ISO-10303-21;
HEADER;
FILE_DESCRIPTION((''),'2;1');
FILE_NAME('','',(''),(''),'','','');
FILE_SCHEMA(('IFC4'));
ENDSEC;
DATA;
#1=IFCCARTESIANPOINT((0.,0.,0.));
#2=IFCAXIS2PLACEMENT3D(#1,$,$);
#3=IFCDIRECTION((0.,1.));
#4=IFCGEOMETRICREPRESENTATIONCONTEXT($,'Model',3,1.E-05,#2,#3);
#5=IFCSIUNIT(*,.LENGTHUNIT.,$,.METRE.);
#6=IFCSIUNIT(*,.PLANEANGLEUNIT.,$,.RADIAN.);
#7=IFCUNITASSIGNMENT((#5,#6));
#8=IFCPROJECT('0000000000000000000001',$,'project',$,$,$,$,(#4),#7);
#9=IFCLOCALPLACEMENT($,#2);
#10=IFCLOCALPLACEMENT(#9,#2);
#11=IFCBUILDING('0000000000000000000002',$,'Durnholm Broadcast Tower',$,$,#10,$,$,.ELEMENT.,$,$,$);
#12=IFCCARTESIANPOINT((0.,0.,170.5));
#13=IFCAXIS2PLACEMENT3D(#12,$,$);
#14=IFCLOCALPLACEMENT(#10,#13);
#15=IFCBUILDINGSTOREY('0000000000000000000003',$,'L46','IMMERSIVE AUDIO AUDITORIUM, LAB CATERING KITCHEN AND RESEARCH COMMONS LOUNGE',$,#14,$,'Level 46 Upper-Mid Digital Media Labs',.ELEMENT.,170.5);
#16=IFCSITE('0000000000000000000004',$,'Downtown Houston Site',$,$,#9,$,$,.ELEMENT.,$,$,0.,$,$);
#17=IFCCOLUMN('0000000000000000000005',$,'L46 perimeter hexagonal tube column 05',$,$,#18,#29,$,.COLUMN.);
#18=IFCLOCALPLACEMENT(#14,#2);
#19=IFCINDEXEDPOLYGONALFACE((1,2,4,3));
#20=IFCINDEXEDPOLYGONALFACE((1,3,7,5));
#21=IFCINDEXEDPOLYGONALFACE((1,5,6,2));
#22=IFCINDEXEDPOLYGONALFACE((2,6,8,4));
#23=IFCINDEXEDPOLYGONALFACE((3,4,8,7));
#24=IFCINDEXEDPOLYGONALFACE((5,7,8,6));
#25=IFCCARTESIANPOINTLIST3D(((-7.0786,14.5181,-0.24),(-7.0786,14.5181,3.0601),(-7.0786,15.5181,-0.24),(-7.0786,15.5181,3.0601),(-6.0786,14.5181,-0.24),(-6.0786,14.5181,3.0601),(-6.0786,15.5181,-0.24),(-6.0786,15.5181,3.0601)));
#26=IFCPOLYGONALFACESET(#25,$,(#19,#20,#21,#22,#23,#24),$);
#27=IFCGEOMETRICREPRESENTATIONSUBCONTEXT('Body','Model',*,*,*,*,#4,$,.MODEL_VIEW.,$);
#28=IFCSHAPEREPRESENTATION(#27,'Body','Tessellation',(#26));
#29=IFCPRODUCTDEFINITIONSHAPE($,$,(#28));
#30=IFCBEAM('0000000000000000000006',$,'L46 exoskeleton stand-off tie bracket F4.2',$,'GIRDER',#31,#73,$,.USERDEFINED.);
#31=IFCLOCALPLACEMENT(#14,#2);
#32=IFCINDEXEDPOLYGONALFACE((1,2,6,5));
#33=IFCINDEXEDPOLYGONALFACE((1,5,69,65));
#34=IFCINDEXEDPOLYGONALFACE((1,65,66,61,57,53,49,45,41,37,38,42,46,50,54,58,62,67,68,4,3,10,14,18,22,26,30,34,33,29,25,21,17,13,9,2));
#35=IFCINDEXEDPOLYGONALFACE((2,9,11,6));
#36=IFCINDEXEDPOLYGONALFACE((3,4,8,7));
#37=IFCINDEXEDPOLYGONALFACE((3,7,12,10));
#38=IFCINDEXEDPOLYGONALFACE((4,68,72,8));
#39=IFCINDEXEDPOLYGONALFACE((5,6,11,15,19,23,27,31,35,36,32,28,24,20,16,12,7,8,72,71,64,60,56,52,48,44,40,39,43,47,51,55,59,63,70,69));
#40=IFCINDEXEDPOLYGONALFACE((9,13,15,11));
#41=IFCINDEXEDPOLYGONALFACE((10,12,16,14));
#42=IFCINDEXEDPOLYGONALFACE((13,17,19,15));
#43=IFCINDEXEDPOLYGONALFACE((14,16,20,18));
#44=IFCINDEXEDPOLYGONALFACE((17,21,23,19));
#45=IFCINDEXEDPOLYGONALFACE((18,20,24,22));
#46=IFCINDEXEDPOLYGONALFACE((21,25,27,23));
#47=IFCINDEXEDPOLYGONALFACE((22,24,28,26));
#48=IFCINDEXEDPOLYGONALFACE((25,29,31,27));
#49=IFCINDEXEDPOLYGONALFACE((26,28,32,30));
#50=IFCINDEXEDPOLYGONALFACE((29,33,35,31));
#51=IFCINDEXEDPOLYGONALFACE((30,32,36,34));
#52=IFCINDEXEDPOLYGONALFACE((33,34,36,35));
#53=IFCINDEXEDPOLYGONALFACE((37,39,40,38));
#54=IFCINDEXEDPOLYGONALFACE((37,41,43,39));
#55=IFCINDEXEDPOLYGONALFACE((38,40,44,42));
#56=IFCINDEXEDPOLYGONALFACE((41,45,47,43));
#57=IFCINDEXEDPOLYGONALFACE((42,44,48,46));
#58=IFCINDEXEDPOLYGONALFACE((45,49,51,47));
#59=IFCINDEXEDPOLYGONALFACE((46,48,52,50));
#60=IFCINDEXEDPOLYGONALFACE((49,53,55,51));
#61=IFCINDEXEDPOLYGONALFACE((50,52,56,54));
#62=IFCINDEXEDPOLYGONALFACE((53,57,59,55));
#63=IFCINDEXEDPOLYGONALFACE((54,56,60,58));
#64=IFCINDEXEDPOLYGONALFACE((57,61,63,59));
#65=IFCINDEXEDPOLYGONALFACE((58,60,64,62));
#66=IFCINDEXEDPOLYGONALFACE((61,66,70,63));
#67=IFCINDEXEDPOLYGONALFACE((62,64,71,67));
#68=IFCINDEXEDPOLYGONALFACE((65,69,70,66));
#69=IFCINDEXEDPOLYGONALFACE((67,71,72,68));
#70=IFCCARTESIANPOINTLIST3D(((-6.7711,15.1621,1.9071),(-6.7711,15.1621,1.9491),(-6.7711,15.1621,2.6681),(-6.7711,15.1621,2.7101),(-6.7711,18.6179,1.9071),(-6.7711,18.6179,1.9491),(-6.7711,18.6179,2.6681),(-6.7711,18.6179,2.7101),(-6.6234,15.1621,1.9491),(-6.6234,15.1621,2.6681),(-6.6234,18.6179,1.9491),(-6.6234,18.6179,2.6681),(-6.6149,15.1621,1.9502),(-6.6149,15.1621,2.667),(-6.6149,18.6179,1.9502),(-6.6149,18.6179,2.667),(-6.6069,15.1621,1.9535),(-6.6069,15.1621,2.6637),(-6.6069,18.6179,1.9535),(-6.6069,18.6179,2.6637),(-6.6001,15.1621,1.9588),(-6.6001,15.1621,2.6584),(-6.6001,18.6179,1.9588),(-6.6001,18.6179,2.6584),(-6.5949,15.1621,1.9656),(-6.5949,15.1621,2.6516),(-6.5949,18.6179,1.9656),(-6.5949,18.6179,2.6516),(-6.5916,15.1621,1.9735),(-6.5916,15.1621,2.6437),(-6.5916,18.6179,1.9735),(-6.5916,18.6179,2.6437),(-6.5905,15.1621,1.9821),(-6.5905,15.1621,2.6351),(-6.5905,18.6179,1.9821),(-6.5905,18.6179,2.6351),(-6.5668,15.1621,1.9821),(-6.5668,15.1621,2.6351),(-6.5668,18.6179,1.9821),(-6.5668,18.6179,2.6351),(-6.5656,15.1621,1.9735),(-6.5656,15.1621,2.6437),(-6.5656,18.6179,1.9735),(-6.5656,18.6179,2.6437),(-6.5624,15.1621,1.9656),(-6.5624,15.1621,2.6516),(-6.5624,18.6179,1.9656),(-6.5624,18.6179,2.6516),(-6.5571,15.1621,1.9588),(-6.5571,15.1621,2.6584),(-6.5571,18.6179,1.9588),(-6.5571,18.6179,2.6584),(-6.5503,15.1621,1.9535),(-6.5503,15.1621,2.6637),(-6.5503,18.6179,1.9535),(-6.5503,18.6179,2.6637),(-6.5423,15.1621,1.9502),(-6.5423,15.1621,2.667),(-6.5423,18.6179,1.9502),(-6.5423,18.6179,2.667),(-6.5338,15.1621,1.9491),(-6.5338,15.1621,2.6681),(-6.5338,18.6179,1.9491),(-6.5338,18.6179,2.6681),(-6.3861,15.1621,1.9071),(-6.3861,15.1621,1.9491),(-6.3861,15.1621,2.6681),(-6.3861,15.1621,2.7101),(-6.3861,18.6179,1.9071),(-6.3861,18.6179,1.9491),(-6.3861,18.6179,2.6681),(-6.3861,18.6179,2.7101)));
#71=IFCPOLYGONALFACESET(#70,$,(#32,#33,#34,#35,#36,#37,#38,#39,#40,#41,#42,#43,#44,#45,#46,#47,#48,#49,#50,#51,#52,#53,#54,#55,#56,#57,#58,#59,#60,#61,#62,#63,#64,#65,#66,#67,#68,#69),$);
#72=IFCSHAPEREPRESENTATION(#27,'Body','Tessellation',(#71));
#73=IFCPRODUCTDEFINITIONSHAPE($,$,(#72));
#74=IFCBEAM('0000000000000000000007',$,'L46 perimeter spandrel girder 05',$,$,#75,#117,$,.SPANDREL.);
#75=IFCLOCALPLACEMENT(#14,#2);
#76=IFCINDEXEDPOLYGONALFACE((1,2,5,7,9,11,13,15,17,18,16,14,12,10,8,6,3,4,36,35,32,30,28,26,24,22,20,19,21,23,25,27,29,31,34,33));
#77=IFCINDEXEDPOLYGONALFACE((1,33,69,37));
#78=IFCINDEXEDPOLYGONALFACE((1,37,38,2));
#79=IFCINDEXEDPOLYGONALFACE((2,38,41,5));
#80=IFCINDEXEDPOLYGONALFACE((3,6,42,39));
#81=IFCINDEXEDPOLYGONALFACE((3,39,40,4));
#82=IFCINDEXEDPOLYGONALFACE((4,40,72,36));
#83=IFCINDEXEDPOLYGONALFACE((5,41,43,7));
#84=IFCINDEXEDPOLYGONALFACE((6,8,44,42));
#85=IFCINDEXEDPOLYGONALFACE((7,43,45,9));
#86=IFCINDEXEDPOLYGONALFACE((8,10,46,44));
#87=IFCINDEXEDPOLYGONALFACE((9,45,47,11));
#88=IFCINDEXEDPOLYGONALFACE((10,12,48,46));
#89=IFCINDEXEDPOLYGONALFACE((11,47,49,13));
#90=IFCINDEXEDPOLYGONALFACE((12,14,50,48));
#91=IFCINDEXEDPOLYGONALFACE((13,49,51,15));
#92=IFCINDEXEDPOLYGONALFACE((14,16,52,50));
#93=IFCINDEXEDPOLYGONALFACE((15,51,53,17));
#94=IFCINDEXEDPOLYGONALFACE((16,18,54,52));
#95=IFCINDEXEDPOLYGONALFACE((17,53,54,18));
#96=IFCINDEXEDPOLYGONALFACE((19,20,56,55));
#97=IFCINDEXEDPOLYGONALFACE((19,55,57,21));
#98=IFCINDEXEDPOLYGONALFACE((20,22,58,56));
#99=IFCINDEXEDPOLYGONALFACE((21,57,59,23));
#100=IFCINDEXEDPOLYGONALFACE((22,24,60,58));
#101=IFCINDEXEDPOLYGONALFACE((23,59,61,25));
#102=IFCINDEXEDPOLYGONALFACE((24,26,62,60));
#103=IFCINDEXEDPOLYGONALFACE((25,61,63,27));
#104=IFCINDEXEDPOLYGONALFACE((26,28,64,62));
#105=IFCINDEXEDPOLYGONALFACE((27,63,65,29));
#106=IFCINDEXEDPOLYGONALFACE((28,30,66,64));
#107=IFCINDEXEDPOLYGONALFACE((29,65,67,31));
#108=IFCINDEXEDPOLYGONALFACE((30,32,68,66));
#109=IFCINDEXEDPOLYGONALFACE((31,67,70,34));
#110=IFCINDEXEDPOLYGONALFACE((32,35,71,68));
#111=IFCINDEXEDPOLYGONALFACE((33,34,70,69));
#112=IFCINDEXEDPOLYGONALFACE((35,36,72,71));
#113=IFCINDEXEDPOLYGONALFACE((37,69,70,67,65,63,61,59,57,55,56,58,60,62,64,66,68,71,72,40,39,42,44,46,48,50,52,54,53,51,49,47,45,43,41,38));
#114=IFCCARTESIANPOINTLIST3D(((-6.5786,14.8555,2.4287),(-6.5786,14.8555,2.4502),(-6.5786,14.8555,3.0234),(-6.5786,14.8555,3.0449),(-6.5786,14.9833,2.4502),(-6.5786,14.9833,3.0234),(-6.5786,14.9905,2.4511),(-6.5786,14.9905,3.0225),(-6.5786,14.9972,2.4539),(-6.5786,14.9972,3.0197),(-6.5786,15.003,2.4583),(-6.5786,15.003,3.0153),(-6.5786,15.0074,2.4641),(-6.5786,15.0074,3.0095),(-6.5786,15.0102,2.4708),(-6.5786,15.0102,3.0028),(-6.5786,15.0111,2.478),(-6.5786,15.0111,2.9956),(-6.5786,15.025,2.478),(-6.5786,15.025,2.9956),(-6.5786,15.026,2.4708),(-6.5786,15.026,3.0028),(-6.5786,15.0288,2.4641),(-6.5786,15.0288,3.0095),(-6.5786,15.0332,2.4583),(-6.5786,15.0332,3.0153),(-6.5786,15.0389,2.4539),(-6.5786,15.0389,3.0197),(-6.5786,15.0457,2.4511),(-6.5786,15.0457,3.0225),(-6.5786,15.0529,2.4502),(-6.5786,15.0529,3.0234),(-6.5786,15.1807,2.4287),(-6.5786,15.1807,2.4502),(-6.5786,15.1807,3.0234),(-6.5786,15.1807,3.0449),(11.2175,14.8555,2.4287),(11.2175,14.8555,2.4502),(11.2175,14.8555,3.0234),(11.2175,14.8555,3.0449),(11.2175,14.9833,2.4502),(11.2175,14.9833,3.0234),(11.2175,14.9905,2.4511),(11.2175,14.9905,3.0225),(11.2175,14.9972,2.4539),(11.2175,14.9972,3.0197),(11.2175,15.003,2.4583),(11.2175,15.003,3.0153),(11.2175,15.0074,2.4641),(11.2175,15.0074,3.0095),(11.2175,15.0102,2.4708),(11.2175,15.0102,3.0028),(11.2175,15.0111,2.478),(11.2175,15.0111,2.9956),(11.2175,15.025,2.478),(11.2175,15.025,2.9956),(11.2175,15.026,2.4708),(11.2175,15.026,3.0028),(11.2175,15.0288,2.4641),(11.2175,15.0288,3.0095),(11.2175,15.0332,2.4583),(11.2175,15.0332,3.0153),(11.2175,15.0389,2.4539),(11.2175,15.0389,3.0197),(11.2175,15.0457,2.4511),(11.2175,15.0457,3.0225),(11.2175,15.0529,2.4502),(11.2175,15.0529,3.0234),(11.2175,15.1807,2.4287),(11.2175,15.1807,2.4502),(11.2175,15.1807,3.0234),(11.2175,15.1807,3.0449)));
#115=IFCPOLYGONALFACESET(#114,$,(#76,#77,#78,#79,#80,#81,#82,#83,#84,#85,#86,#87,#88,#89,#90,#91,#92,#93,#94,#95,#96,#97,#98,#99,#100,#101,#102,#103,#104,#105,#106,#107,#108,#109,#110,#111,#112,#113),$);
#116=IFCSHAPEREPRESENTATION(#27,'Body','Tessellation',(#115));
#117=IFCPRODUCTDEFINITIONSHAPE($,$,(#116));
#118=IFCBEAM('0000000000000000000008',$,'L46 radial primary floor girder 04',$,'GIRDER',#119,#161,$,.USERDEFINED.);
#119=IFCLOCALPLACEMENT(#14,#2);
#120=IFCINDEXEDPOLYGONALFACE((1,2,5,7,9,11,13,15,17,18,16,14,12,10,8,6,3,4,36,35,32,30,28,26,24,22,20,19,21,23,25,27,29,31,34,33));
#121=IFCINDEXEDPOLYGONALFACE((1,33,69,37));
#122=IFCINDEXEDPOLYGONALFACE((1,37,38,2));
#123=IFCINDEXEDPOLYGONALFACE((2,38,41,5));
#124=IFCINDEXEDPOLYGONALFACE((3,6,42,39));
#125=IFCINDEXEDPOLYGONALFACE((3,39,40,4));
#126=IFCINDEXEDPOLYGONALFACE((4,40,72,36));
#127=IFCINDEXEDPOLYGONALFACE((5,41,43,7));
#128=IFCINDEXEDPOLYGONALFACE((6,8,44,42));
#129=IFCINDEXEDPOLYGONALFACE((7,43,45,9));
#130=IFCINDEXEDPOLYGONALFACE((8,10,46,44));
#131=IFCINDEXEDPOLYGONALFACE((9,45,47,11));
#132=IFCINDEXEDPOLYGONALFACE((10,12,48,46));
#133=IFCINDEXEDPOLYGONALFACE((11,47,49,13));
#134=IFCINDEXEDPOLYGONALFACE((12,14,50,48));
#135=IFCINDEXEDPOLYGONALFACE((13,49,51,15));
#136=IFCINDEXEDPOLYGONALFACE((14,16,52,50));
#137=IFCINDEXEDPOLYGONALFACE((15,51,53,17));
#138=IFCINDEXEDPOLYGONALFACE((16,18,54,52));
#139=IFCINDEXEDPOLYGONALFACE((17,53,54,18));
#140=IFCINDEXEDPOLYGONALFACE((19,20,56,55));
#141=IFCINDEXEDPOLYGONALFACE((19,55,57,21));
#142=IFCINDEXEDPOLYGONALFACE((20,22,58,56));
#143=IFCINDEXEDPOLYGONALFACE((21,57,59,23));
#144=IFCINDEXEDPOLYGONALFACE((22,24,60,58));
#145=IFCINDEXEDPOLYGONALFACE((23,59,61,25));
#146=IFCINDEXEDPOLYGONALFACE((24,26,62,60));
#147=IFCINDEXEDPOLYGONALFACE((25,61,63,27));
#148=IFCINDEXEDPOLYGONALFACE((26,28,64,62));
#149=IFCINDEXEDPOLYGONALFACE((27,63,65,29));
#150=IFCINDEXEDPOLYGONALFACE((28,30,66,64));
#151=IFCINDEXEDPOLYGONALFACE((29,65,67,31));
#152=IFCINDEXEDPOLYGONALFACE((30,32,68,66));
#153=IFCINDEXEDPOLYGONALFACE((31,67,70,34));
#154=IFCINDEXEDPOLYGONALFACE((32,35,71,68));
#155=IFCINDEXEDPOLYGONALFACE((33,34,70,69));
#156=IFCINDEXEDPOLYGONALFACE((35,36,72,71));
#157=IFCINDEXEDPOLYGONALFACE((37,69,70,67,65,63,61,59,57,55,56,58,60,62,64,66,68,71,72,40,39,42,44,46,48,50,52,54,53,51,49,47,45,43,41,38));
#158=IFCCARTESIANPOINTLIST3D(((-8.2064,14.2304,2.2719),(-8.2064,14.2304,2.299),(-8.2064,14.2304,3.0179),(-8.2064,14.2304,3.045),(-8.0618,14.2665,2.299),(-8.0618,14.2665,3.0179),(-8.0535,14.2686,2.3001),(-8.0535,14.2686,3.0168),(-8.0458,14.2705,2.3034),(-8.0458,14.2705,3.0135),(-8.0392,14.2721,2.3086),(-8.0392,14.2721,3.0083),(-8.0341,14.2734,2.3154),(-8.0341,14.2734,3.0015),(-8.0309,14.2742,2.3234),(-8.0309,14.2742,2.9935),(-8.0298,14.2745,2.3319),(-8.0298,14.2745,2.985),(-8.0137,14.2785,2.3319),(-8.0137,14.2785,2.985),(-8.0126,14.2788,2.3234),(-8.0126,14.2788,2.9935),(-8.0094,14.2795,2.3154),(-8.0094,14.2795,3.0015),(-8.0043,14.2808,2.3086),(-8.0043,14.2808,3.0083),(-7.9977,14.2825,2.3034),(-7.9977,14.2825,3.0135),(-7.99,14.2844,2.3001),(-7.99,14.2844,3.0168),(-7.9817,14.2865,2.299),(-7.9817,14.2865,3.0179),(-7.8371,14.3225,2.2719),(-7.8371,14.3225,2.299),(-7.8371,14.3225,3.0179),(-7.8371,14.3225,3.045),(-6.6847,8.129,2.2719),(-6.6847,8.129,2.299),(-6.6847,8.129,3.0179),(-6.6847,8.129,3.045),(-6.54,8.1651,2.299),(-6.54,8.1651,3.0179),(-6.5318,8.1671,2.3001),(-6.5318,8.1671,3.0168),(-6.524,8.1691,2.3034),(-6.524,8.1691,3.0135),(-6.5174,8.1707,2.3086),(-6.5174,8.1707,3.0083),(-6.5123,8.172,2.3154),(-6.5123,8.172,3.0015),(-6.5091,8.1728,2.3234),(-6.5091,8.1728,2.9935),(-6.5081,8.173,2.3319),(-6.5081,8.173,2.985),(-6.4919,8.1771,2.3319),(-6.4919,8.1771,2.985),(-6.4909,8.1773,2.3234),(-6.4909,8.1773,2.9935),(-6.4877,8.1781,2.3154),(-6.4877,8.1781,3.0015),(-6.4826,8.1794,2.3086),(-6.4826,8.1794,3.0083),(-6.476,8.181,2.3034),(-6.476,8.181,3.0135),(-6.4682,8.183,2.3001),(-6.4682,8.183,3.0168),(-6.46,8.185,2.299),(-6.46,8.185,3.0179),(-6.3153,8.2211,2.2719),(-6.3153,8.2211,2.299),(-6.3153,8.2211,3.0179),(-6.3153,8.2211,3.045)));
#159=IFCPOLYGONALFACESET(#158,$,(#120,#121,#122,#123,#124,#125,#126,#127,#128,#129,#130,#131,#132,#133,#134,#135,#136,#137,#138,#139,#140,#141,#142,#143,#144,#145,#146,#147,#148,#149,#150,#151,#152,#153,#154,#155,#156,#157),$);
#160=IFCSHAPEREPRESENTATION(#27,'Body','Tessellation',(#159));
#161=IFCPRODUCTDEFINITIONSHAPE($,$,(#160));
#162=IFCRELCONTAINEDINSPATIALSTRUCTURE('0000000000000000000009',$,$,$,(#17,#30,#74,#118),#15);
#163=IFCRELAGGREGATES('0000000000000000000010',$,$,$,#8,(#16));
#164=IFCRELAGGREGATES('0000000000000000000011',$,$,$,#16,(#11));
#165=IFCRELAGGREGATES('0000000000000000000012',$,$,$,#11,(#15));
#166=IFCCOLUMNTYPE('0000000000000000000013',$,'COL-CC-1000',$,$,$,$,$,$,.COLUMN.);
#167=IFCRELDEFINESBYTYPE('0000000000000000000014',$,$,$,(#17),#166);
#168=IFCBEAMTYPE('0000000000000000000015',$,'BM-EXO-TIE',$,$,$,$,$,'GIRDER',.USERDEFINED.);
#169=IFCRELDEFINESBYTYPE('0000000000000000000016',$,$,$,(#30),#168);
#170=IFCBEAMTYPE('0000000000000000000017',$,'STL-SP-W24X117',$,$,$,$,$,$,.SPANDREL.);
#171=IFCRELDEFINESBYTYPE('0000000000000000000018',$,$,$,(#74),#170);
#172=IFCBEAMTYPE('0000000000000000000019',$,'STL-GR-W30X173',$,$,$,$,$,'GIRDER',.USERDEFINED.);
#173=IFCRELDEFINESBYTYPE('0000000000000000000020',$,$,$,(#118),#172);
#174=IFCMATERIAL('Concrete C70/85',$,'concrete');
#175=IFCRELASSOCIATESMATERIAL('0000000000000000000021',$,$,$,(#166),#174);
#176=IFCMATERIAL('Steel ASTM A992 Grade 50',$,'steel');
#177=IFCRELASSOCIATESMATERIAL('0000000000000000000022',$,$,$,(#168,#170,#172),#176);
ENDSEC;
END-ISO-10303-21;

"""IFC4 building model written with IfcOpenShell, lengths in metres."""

from ifc_helpers import new_model, si_unit, direction, frame, origin, origin_2d, place, context, subcontext, project, spatial, rectangle, i_section, extrude, source, transform, mapped, material, material_profile, profile_set, type_object, type_shapes, element, save


model = new_model("IFC4")

# Units and contexts
model_context = context("Model", 3, precision=1e-05, world=origin(), true_north=direction((0.0, 1.0)))
body_context = subcontext(model_context, "Body", "Model", "MODEL_VIEW")
ifc_project = project(units=[si_unit("LENGTHUNIT", "METRE"), si_unit("PLANEANGLEUNIT", "RADIAN")], contexts=[model_context])

# Site, building, storey
site_placement = place(None, origin())
site = spatial("IfcSite", under=ifc_project, at=site_placement, Name="Downtown Houston Site", CompositionType="ELEMENT", RefElevation=0.0)
building_placement = place(site_placement, origin())
building = spatial("IfcBuilding", under=site, at=building_placement, Name="Durnholm Broadcast Tower", CompositionType="ELEMENT")
storey_placement = place(building_placement, frame((0.0, 0.0, 170.5)))
storey = spatial("IfcBuildingStorey", under=building, at=storey_placement, Name="L46", Description="IMMERSIVE AUDIO AUDITORIUM, LAB CATERING KITCHEN AND RESEARCH COMMONS LOUNGE", LongName="Level 46 Upper-Mid Digital Media Labs", CompositionType="ELEMENT", Elevation=170.5)

# Column
ifc_material_1 = material(Name="Concrete C70/85", Category="concrete")
ifc_material_profile_1 = material_profile(ifc_material_1, rectangle(XDim=1.0, YDim=1.0, at=origin_2d()), Name="RC1000X1000")
ifc_profile_set_1 = profile_set([ifc_material_profile_1], Name="Concrete C70/85")
column_type = type_object("IfcColumnType", Name="COL-CC-1000", PredefinedType="COLUMN", material=ifc_profile_set_1)
shared_shape_1 = source(origin(), body_context, "Body", "SweptSolid", [
    extrude(rectangle(XDim=1.0, YDim=1.0, at=origin_2d()), origin(), (0.0, 0.0, 1.0), 3.3),
])
type_shapes(column_type, [shared_shape_1])
column_placement = place(storey_placement, frame((-6.5786, 15.0181, -0.24), z_axis=(0.0, 0.0, 1.0), x_axis=(1.0, 0.0, 0.0)))
element("IfcColumn", 1, at=column_placement, inside=storey, type_object=column_type, Name="L46 perimeter hexagonal tube column 05", PredefinedType="COLUMN", context=body_context, shape_type="MappedRepresentation", body=[
    mapped(shared_shape_1, transform((0.0, 0.0, 0.0), x_axis=(1.0, 0.0, 0.0), y_axis=(0.0, 1.0, 0.0), z_axis=(0.0, 0.0, 1.0), scale=1.0)),
])

# Beams
ifc_material_2 = material(Name="Steel ASTM A992 Grade 50", Category="steel")
ifc_material_profile_2 = material_profile(ifc_material_2, i_section(OverallWidth=0.385, OverallDepth=0.803, WebThickness=0.0237, FlangeThickness=0.042, FilletRadius=0.033, at=origin_2d()), Name="W30X261")
ifc_profile_set_2 = profile_set([ifc_material_profile_2], Name="Steel ASTM A992 Grade 50")
beam_type_1 = type_object("IfcBeamType", Name="BM-EXO-TIE", ElementType="GIRDER", PredefinedType="USERDEFINED", material=ifc_profile_set_2)
shared_shape_2 = source(origin(), body_context, "Body", "SweptSolid", [
    extrude(i_section(OverallWidth=0.385, OverallDepth=0.803, WebThickness=0.0237, FlangeThickness=0.042, FilletRadius=0.033, at=origin_2d()), origin(), (0.0, 0.0, 1.0), 3.4558),
])
type_shapes(beam_type_1, [shared_shape_2])
beam_1_placement = place(storey_placement, frame((-6.5786, 15.1621, 2.3086), z_axis=(0.0, 1.0, 0.0), x_axis=(-1.0, 0.0, 0.0)))
element("IfcBeam", 2, at=beam_1_placement, inside=storey, type_object=beam_type_1, Name="L46 exoskeleton stand-off tie bracket F4.2", ObjectType="GIRDER", PredefinedType="USERDEFINED", context=body_context, shape_type="MappedRepresentation", body=[
    mapped(shared_shape_2, transform((0.0, 0.0, 0.0), x_axis=(1.0, 0.0, 0.0), y_axis=(0.0, 1.0, 0.0), z_axis=(0.0, 0.0, 1.0), scale=1.0)),
])
ifc_material_profile_3 = material_profile(ifc_material_2, i_section(OverallWidth=0.3252, OverallDepth=0.6162, WebThickness=0.0139, FlangeThickness=0.0215, FilletRadius=0.0278, at=origin_2d()), Name="W24X117")
ifc_profile_set_3 = profile_set([ifc_material_profile_3], Name="Steel ASTM A992 Grade 50")
beam_type_2 = type_object("IfcBeamType", Name="STL-SP-W24X117", PredefinedType="SPANDREL", material=ifc_profile_set_3)
shared_shape_3 = source(origin(), body_context, "Body", "SweptSolid", [
    extrude(i_section(OverallWidth=0.3252, OverallDepth=0.6162, WebThickness=0.0139, FlangeThickness=0.0215, FilletRadius=0.0278, at=origin_2d()), origin(), (0.0, 0.0, 1.0), 17.7961),
])
type_shapes(beam_type_2, [shared_shape_3])
beam_2_placement = place(storey_placement, frame((-6.5786, 15.0181, 2.7368), z_axis=(1.0, 0.0, 0.0), x_axis=(0.0, 1.0, 0.0)))
element("IfcBeam", 3, at=beam_2_placement, inside=storey, type_object=beam_type_2, Name="L46 perimeter spandrel girder 05", PredefinedType="SPANDREL", context=body_context, shape_type="MappedRepresentation", body=[
    mapped(shared_shape_3, transform((0.0, 0.0, 0.0), x_axis=(1.0, 0.0, 0.0), y_axis=(0.0, 1.0, 0.0), z_axis=(0.0, 0.0, 1.0), scale=1.0)),
])
ifc_material_profile_4 = material_profile(ifc_material_2, i_section(OverallWidth=0.3806, OverallDepth=0.7732, WebThickness=0.0166, FlangeThickness=0.0271, FilletRadius=0.033, at=origin_2d()), Name="W30X173")
ifc_profile_set_4 = profile_set([ifc_material_profile_4], Name="Steel ASTM A992 Grade 50")
beam_type_3 = type_object("IfcBeamType", Name="STL-GR-W30X173", ElementType="GIRDER", PredefinedType="USERDEFINED", material=ifc_profile_set_4)
shared_shape_4 = source(origin(), body_context, "Body", "SweptSolid", [
    extrude(i_section(OverallWidth=0.3806, OverallDepth=0.7732, WebThickness=0.0166, FlangeThickness=0.0271, FilletRadius=0.033, at=origin_2d()), origin(), (0.0, 0.0, 1.0), 6.2883),
])
beam_3_placement = place(storey_placement, frame((-6.5, 8.175, 2.6584), z_axis=(-0.241997, 0.970277, 0.0), x_axis=(-0.970277, -0.241997, 0.0)))
element("IfcBeam", 4, at=beam_3_placement, inside=storey, type_object=beam_type_3, Name="L46 radial primary floor girder 04", ObjectType="GIRDER", PredefinedType="USERDEFINED", context=body_context, shape_type="MappedRepresentation", body=[
    mapped(shared_shape_4, transform((0.0, 0.0, 0.0), x_axis=(1.0, 0.0, 0.0), y_axis=(0.0, 1.0, 0.0), z_axis=(0.0, 0.0, 1.0), scale=1.0)),
])

save(model, "model.ifc")
